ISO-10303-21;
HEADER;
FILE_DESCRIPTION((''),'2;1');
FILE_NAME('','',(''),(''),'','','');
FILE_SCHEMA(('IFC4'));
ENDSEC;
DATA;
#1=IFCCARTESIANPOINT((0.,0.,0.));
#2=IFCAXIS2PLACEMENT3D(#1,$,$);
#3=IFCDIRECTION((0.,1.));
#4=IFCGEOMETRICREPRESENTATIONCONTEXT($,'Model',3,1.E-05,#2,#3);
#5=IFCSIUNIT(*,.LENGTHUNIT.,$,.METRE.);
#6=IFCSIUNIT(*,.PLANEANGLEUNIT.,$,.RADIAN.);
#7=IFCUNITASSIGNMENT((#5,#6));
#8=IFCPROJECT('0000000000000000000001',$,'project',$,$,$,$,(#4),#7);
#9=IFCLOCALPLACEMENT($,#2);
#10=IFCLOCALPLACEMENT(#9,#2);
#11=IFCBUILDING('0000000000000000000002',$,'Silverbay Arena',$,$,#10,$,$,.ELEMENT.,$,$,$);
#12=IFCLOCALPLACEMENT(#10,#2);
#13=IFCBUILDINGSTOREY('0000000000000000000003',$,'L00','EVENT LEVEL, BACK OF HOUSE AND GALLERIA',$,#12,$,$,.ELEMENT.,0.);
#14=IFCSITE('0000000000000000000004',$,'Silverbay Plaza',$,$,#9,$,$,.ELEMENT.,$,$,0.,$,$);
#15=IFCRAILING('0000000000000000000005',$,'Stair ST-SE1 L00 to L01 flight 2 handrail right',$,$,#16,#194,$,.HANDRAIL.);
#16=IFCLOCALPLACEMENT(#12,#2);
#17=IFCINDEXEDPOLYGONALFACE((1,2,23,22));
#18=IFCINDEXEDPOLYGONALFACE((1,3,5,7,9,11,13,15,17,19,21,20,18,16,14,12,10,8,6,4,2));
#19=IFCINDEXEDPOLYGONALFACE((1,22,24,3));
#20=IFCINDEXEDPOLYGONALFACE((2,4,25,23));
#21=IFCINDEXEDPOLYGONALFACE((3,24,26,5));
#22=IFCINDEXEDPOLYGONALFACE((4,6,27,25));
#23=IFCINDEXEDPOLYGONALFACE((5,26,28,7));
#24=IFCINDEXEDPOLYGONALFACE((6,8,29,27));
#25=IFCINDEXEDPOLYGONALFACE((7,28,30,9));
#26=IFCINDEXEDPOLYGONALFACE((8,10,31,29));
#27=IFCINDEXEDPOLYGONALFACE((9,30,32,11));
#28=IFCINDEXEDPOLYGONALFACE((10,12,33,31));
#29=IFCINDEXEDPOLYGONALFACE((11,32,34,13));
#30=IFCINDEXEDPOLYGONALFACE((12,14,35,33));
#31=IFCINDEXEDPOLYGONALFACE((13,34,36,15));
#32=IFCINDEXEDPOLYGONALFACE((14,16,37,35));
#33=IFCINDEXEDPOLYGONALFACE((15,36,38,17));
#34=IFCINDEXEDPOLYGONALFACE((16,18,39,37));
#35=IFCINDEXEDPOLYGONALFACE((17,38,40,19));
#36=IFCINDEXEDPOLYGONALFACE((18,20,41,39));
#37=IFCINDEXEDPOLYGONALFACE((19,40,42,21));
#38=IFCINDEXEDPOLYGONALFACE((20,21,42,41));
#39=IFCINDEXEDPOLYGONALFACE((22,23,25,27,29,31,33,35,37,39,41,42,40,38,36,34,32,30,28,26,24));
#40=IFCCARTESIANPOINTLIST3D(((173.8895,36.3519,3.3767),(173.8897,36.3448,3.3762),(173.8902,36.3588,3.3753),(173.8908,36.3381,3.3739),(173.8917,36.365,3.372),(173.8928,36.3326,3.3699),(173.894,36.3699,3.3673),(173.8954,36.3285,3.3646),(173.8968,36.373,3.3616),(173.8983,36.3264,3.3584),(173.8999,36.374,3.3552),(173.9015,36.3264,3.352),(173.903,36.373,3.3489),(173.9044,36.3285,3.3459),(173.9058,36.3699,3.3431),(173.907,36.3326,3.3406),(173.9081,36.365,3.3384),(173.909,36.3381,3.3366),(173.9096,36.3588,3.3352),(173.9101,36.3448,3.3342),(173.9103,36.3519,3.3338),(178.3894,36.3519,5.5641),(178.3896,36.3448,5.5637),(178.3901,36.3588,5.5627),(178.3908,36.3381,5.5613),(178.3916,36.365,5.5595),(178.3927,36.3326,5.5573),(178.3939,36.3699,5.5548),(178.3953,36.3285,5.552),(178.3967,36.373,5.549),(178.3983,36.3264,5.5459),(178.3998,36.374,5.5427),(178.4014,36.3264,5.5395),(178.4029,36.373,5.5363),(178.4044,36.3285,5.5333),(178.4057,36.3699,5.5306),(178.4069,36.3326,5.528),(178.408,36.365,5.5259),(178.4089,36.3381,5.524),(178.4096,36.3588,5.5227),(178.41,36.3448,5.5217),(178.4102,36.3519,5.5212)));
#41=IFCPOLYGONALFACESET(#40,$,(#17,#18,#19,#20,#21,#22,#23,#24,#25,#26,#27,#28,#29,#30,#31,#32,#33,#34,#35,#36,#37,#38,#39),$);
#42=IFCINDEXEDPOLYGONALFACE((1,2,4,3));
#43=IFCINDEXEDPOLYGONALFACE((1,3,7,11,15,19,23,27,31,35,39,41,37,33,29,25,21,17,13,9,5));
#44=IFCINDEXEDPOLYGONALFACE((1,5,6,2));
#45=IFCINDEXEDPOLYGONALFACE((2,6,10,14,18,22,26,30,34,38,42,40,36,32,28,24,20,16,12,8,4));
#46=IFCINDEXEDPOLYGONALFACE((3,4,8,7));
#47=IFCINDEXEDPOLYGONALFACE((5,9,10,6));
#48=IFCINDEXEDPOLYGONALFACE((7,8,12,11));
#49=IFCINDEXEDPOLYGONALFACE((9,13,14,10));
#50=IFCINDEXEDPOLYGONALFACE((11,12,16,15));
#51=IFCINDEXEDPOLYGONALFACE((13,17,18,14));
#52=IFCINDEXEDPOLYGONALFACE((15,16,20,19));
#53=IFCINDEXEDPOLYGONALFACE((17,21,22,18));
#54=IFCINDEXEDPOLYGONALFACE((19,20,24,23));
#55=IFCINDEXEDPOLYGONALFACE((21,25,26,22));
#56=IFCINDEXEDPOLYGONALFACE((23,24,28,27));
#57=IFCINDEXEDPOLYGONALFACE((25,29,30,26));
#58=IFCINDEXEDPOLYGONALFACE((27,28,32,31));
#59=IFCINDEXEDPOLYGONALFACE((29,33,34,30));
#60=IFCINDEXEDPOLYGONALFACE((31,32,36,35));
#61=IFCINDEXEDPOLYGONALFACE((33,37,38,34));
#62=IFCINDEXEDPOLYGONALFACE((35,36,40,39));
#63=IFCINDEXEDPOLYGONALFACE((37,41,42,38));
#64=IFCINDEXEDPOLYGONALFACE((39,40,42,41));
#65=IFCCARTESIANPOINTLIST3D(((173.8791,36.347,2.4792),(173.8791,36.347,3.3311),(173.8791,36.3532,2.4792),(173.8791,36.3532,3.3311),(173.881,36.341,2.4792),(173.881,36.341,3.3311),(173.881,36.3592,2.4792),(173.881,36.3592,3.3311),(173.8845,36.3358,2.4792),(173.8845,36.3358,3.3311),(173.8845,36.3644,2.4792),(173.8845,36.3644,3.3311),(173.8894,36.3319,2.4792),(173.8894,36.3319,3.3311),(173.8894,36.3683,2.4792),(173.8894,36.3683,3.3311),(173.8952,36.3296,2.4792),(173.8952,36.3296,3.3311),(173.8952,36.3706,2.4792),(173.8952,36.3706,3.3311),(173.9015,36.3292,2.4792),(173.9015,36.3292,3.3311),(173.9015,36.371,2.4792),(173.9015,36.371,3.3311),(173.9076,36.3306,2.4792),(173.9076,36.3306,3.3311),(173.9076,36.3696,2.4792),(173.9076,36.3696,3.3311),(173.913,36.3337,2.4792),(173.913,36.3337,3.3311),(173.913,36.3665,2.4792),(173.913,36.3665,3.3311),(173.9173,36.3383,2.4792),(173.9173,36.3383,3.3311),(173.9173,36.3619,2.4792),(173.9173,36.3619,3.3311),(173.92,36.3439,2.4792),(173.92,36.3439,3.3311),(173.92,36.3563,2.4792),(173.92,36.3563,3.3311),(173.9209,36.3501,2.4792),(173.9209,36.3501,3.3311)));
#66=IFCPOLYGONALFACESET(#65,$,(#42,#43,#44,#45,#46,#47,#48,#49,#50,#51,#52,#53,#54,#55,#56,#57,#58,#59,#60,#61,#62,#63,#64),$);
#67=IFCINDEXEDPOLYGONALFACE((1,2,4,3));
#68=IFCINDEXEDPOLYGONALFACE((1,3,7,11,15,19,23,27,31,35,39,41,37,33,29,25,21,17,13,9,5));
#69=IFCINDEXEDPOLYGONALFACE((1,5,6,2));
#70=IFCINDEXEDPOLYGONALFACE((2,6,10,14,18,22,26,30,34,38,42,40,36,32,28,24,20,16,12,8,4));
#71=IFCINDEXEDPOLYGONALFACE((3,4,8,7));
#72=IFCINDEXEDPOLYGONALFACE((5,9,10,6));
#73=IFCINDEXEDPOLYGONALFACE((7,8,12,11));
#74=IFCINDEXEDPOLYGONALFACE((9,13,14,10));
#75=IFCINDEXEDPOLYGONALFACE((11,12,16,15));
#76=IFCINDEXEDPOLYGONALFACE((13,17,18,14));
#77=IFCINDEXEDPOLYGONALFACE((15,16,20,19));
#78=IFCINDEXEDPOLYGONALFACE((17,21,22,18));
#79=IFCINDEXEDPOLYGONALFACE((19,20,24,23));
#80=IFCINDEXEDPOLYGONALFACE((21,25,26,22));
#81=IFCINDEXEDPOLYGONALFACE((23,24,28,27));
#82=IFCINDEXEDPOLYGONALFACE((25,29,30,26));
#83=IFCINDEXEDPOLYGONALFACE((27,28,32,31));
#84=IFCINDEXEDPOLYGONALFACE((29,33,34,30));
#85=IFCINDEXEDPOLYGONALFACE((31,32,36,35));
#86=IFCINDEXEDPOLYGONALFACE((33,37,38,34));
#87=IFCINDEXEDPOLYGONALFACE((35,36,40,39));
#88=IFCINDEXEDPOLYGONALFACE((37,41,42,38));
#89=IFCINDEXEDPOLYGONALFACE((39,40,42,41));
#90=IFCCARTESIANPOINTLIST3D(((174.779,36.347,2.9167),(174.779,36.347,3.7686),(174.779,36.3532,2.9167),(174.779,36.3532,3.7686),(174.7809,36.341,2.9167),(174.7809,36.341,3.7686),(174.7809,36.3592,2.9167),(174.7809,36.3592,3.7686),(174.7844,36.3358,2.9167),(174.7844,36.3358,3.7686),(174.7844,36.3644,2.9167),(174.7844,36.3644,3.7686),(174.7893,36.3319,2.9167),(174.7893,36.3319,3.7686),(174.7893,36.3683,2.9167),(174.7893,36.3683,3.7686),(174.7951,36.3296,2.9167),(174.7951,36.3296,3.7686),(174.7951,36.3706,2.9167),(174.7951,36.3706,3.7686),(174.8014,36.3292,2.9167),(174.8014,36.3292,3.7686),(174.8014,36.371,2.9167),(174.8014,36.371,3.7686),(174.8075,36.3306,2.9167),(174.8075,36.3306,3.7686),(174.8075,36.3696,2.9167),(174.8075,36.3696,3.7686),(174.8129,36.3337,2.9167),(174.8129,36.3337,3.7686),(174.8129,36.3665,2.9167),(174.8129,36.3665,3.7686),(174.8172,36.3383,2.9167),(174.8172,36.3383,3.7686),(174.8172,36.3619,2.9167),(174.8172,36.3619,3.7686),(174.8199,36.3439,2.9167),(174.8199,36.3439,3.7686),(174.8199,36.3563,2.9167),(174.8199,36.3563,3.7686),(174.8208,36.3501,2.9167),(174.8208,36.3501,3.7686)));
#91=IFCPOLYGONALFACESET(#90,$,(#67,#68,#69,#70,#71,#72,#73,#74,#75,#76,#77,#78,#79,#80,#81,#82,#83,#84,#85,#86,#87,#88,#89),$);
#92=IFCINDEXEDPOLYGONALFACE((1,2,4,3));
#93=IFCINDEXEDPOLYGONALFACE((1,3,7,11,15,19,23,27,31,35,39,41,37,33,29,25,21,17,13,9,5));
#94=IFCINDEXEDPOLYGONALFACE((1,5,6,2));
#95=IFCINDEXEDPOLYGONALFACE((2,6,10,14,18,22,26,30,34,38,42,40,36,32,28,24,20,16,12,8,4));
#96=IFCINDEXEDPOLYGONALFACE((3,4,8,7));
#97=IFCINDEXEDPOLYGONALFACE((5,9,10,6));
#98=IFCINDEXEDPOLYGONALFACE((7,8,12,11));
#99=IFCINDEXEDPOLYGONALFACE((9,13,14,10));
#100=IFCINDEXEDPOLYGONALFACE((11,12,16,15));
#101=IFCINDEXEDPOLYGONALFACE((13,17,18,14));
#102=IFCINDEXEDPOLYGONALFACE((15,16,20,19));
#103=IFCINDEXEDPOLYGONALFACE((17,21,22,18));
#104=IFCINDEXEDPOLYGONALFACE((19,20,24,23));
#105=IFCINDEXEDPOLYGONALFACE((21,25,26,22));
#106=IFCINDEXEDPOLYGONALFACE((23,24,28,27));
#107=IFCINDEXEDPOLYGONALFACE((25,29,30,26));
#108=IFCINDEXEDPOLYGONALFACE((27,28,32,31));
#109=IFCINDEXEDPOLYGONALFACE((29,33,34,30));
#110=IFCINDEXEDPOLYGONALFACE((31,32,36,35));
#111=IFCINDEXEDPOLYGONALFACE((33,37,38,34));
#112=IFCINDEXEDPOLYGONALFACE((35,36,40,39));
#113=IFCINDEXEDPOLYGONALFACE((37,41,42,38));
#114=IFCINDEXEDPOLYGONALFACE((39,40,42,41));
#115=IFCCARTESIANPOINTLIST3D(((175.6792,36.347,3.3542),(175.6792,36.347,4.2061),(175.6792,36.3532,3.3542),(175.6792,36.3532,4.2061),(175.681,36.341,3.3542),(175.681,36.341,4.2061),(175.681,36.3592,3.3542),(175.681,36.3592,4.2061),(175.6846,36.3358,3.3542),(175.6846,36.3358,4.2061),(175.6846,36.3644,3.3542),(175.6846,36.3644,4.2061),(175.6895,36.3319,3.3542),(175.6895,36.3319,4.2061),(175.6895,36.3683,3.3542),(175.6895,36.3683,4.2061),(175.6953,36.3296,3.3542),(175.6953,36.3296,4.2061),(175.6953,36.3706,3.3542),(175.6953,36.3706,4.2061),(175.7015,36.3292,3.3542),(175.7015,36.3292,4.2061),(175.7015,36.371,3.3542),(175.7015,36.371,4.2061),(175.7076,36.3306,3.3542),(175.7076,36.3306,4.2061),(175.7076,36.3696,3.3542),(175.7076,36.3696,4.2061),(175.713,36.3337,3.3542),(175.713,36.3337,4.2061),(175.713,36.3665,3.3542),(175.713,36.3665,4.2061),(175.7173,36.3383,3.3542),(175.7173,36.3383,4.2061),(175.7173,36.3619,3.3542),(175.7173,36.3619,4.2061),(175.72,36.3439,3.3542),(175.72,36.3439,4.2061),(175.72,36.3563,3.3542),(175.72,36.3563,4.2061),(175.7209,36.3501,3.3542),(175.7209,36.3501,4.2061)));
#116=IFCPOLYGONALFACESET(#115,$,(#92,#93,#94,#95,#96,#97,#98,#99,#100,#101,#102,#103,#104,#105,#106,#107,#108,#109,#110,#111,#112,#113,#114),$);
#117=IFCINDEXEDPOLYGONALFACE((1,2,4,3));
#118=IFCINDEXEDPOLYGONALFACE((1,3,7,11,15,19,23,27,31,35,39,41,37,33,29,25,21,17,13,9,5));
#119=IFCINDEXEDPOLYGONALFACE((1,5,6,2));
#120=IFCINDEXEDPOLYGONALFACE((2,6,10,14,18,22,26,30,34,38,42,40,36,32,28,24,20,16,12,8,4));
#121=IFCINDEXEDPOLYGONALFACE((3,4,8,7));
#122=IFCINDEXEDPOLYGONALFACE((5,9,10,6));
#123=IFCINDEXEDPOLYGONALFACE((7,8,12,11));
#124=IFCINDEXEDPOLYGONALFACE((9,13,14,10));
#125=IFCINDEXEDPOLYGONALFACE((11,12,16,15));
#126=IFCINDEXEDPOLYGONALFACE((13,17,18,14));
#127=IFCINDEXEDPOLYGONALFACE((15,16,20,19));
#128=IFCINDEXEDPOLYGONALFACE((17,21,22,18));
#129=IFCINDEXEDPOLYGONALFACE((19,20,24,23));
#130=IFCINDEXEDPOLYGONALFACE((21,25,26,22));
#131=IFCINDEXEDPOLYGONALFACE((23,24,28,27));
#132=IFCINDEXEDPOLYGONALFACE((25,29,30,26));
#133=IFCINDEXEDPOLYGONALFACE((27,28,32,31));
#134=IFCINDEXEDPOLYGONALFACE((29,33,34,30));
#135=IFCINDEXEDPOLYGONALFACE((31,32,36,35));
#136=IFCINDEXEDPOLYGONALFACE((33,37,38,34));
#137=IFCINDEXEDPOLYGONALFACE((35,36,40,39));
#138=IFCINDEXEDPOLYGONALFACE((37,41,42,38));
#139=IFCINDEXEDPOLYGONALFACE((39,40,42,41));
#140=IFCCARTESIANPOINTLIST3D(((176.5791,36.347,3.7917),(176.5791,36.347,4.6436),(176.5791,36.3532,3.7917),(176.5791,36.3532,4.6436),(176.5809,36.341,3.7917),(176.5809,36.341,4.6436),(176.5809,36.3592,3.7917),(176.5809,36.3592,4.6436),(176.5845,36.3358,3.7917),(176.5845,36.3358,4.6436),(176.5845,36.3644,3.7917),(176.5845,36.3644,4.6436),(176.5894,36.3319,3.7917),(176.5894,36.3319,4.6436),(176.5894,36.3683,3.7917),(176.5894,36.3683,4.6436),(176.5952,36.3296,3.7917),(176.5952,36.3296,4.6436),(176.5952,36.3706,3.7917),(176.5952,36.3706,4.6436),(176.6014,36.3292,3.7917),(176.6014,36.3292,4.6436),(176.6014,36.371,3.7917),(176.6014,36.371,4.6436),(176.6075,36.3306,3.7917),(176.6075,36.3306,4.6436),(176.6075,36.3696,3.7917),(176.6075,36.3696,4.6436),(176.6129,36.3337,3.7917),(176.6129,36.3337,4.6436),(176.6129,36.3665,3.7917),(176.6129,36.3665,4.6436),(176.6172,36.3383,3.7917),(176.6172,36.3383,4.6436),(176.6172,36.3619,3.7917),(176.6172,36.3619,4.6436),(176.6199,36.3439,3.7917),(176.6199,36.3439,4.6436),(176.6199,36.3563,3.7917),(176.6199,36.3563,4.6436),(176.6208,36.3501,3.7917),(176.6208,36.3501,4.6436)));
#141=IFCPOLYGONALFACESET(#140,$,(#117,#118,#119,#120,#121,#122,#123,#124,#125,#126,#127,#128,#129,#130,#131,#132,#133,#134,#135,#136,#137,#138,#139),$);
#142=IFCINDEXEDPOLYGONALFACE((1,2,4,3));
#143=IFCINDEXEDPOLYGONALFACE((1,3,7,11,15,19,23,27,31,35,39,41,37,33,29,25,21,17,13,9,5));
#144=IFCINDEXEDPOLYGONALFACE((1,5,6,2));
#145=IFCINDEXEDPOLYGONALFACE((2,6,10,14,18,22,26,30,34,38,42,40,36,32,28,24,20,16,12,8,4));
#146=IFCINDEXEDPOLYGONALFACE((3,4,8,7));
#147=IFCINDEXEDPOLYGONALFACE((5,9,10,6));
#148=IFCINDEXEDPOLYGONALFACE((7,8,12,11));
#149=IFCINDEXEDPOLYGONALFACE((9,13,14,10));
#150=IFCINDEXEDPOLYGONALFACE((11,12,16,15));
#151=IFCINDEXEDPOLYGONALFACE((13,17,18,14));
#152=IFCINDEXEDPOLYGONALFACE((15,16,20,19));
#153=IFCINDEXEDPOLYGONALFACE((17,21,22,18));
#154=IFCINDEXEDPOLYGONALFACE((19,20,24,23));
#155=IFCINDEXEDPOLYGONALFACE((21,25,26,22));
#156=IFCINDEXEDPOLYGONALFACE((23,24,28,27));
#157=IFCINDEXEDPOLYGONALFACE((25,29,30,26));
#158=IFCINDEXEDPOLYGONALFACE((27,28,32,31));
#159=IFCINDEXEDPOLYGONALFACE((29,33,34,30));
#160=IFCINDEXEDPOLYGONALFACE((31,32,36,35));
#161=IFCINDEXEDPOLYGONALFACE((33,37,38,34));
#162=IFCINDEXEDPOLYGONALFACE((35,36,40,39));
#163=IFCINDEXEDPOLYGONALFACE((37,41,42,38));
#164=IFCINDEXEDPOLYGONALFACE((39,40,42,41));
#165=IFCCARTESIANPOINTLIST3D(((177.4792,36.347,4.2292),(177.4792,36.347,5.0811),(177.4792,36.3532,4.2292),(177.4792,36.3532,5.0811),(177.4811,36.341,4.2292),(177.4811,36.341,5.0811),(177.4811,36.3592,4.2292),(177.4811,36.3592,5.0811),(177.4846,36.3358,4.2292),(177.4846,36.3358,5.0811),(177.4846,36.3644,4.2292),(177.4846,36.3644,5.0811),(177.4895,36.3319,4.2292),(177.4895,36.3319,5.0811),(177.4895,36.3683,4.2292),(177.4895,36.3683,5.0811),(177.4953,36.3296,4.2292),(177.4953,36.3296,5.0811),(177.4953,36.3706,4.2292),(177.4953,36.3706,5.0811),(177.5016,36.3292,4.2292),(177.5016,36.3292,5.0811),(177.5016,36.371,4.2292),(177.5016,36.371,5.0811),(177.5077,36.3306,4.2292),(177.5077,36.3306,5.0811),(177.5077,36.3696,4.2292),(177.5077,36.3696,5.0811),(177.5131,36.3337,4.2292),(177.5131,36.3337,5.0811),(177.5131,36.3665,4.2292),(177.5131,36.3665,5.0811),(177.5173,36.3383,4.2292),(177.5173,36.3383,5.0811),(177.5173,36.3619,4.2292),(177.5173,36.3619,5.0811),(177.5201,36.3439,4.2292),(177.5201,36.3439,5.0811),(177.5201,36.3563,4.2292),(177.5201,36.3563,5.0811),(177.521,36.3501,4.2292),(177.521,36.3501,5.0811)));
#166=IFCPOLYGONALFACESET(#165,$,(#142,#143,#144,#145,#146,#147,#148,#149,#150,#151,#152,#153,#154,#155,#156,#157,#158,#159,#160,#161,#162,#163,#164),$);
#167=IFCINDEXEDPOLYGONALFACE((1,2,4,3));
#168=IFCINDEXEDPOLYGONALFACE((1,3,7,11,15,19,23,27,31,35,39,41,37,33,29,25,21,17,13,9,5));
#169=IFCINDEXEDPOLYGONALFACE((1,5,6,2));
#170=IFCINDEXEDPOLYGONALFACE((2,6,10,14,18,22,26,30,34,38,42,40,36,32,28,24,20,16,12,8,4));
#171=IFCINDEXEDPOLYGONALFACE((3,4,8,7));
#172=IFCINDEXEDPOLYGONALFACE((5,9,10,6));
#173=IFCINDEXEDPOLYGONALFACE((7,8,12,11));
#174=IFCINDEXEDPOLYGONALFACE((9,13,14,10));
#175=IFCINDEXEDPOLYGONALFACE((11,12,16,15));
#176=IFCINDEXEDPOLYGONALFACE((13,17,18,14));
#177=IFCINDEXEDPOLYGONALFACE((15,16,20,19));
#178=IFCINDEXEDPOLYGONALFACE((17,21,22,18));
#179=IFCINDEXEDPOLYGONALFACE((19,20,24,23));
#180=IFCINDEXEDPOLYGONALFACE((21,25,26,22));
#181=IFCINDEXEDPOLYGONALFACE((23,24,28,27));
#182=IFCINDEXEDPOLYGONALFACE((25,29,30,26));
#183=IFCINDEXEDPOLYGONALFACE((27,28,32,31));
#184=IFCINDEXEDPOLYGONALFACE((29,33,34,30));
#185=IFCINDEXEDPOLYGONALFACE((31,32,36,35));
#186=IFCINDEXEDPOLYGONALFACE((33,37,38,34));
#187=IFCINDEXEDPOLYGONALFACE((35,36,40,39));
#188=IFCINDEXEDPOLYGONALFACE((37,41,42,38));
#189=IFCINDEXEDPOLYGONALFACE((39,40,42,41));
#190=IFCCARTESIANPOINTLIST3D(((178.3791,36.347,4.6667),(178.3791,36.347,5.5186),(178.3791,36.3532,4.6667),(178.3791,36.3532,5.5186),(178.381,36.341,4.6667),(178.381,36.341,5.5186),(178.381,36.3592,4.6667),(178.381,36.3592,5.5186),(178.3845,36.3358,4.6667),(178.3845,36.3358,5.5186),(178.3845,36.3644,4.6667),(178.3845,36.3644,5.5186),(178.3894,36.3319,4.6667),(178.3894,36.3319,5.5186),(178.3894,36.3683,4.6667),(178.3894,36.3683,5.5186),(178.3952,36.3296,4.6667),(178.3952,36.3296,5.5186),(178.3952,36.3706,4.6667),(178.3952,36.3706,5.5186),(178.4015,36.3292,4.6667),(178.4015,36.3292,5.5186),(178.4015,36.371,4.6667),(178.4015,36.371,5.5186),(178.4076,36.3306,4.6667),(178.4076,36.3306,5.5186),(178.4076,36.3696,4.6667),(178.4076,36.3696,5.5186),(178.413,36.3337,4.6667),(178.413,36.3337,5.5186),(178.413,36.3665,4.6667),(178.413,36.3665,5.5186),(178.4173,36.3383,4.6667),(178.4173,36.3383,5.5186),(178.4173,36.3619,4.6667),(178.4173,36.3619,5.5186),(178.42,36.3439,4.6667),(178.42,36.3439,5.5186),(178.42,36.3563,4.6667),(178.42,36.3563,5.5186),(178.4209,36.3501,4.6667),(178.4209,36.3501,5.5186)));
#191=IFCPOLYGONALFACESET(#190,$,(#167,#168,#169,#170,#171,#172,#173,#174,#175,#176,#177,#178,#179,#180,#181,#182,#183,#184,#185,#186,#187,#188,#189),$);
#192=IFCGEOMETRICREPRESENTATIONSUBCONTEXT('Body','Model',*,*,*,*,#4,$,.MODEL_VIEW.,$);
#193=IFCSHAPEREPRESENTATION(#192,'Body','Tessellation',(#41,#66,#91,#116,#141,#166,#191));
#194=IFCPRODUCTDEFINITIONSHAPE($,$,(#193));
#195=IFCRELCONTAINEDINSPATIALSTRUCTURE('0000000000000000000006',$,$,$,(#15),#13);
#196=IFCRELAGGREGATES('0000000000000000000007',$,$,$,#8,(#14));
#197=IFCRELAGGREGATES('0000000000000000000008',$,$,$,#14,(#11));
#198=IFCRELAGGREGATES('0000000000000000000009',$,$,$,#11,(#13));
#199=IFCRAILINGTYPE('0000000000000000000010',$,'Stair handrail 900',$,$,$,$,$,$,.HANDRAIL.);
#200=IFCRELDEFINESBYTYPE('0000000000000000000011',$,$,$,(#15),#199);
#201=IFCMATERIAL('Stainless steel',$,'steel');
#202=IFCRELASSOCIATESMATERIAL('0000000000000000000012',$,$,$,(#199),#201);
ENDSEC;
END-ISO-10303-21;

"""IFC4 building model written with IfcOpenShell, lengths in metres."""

from ifc_helpers import new_model, si_unit, direction, frame, origin, origin_2d, place, context, subcontext, project, spatial, circle, extrude, material, type_object, element, save


model = new_model("IFC4")

# Units and contexts
model_context = context("Model", 3, precision=1e-05, world=origin(), true_north=direction((0.0, 1.0)))
body_context = subcontext(model_context, "Body", "Model", "MODEL_VIEW")
ifc_project = project(units=[si_unit("LENGTHUNIT", "METRE"), si_unit("PLANEANGLEUNIT", "RADIAN")], contexts=[model_context])

# Site, building, storey
site_placement = place(None, origin())
site = spatial("IfcSite", under=ifc_project, at=site_placement, Name="Silverbay Plaza", CompositionType="ELEMENT", RefElevation=0.0)
building_placement = place(site_placement, origin())
building = spatial("IfcBuilding", under=site, at=building_placement, Name="Silverbay Arena", CompositionType="ELEMENT")
storey_placement = place(building_placement, origin())
storey = spatial("IfcBuildingStorey", under=building, at=storey_placement, Name="L00", Description="EVENT LEVEL, BACK OF HOUSE AND GALLERIA", CompositionType="ELEMENT", Elevation=0.0)

# Railing
ifc_material_1 = material(Name="Stainless steel", Category="steel")
railing_type_1 = type_object("IfcRailingType", Name="Stair handrail 900", PredefinedType="HANDRAIL", material=ifc_material_1)
for number, where, name in (
    (1, (173.8999, 36.3501, 2.4792), "Stair ST-SE1 L00 to L01 flight 2 handrail right"),
):
    element("IfcRailing", number, at=place(storey_placement, frame(where)), inside=storey, type_object=railing_type_1, Name=name, PredefinedType="HANDRAIL", context=body_context, shape_type="SweptSolid", body=[
        extrude(circle(Radius=0.0239, at=origin_2d()), frame((0.0, 0.0, 0.876), z_axis=(0.899368, 0.0, 0.437193), x_axis=(0.0, 1.0, 0.0)), (0.0, 0.0, 1.0), 5.0034),
        extrude(circle(Radius=0.021, at=origin_2d()), origin(), (0.0, 0.0, 1.0), 0.8518),
        extrude(circle(Radius=0.021, at=origin_2d()), frame((0.8999, 0.0, 0.4375)), (0.0, 0.0, 1.0), 0.8518),
        extrude(circle(Radius=0.021, at=origin_2d()), frame((1.8, 0.0, 0.875)), (0.0, 0.0, 1.0), 0.8518),
        extrude(circle(Radius=0.021, at=origin_2d()), frame((2.7, 0.0, 1.3125)), (0.0, 0.0, 1.0), 0.8518),
        extrude(circle(Radius=0.021, at=origin_2d()), frame((3.6001, 0.0, 1.75)), (0.0, 0.0, 1.0), 0.8518),
        extrude(circle(Radius=0.021, at=origin_2d()), frame((4.5, 0.0, 2.1875)), (0.0, 0.0, 1.0), 0.8518),
    ])

save(model, "model.ifc")
